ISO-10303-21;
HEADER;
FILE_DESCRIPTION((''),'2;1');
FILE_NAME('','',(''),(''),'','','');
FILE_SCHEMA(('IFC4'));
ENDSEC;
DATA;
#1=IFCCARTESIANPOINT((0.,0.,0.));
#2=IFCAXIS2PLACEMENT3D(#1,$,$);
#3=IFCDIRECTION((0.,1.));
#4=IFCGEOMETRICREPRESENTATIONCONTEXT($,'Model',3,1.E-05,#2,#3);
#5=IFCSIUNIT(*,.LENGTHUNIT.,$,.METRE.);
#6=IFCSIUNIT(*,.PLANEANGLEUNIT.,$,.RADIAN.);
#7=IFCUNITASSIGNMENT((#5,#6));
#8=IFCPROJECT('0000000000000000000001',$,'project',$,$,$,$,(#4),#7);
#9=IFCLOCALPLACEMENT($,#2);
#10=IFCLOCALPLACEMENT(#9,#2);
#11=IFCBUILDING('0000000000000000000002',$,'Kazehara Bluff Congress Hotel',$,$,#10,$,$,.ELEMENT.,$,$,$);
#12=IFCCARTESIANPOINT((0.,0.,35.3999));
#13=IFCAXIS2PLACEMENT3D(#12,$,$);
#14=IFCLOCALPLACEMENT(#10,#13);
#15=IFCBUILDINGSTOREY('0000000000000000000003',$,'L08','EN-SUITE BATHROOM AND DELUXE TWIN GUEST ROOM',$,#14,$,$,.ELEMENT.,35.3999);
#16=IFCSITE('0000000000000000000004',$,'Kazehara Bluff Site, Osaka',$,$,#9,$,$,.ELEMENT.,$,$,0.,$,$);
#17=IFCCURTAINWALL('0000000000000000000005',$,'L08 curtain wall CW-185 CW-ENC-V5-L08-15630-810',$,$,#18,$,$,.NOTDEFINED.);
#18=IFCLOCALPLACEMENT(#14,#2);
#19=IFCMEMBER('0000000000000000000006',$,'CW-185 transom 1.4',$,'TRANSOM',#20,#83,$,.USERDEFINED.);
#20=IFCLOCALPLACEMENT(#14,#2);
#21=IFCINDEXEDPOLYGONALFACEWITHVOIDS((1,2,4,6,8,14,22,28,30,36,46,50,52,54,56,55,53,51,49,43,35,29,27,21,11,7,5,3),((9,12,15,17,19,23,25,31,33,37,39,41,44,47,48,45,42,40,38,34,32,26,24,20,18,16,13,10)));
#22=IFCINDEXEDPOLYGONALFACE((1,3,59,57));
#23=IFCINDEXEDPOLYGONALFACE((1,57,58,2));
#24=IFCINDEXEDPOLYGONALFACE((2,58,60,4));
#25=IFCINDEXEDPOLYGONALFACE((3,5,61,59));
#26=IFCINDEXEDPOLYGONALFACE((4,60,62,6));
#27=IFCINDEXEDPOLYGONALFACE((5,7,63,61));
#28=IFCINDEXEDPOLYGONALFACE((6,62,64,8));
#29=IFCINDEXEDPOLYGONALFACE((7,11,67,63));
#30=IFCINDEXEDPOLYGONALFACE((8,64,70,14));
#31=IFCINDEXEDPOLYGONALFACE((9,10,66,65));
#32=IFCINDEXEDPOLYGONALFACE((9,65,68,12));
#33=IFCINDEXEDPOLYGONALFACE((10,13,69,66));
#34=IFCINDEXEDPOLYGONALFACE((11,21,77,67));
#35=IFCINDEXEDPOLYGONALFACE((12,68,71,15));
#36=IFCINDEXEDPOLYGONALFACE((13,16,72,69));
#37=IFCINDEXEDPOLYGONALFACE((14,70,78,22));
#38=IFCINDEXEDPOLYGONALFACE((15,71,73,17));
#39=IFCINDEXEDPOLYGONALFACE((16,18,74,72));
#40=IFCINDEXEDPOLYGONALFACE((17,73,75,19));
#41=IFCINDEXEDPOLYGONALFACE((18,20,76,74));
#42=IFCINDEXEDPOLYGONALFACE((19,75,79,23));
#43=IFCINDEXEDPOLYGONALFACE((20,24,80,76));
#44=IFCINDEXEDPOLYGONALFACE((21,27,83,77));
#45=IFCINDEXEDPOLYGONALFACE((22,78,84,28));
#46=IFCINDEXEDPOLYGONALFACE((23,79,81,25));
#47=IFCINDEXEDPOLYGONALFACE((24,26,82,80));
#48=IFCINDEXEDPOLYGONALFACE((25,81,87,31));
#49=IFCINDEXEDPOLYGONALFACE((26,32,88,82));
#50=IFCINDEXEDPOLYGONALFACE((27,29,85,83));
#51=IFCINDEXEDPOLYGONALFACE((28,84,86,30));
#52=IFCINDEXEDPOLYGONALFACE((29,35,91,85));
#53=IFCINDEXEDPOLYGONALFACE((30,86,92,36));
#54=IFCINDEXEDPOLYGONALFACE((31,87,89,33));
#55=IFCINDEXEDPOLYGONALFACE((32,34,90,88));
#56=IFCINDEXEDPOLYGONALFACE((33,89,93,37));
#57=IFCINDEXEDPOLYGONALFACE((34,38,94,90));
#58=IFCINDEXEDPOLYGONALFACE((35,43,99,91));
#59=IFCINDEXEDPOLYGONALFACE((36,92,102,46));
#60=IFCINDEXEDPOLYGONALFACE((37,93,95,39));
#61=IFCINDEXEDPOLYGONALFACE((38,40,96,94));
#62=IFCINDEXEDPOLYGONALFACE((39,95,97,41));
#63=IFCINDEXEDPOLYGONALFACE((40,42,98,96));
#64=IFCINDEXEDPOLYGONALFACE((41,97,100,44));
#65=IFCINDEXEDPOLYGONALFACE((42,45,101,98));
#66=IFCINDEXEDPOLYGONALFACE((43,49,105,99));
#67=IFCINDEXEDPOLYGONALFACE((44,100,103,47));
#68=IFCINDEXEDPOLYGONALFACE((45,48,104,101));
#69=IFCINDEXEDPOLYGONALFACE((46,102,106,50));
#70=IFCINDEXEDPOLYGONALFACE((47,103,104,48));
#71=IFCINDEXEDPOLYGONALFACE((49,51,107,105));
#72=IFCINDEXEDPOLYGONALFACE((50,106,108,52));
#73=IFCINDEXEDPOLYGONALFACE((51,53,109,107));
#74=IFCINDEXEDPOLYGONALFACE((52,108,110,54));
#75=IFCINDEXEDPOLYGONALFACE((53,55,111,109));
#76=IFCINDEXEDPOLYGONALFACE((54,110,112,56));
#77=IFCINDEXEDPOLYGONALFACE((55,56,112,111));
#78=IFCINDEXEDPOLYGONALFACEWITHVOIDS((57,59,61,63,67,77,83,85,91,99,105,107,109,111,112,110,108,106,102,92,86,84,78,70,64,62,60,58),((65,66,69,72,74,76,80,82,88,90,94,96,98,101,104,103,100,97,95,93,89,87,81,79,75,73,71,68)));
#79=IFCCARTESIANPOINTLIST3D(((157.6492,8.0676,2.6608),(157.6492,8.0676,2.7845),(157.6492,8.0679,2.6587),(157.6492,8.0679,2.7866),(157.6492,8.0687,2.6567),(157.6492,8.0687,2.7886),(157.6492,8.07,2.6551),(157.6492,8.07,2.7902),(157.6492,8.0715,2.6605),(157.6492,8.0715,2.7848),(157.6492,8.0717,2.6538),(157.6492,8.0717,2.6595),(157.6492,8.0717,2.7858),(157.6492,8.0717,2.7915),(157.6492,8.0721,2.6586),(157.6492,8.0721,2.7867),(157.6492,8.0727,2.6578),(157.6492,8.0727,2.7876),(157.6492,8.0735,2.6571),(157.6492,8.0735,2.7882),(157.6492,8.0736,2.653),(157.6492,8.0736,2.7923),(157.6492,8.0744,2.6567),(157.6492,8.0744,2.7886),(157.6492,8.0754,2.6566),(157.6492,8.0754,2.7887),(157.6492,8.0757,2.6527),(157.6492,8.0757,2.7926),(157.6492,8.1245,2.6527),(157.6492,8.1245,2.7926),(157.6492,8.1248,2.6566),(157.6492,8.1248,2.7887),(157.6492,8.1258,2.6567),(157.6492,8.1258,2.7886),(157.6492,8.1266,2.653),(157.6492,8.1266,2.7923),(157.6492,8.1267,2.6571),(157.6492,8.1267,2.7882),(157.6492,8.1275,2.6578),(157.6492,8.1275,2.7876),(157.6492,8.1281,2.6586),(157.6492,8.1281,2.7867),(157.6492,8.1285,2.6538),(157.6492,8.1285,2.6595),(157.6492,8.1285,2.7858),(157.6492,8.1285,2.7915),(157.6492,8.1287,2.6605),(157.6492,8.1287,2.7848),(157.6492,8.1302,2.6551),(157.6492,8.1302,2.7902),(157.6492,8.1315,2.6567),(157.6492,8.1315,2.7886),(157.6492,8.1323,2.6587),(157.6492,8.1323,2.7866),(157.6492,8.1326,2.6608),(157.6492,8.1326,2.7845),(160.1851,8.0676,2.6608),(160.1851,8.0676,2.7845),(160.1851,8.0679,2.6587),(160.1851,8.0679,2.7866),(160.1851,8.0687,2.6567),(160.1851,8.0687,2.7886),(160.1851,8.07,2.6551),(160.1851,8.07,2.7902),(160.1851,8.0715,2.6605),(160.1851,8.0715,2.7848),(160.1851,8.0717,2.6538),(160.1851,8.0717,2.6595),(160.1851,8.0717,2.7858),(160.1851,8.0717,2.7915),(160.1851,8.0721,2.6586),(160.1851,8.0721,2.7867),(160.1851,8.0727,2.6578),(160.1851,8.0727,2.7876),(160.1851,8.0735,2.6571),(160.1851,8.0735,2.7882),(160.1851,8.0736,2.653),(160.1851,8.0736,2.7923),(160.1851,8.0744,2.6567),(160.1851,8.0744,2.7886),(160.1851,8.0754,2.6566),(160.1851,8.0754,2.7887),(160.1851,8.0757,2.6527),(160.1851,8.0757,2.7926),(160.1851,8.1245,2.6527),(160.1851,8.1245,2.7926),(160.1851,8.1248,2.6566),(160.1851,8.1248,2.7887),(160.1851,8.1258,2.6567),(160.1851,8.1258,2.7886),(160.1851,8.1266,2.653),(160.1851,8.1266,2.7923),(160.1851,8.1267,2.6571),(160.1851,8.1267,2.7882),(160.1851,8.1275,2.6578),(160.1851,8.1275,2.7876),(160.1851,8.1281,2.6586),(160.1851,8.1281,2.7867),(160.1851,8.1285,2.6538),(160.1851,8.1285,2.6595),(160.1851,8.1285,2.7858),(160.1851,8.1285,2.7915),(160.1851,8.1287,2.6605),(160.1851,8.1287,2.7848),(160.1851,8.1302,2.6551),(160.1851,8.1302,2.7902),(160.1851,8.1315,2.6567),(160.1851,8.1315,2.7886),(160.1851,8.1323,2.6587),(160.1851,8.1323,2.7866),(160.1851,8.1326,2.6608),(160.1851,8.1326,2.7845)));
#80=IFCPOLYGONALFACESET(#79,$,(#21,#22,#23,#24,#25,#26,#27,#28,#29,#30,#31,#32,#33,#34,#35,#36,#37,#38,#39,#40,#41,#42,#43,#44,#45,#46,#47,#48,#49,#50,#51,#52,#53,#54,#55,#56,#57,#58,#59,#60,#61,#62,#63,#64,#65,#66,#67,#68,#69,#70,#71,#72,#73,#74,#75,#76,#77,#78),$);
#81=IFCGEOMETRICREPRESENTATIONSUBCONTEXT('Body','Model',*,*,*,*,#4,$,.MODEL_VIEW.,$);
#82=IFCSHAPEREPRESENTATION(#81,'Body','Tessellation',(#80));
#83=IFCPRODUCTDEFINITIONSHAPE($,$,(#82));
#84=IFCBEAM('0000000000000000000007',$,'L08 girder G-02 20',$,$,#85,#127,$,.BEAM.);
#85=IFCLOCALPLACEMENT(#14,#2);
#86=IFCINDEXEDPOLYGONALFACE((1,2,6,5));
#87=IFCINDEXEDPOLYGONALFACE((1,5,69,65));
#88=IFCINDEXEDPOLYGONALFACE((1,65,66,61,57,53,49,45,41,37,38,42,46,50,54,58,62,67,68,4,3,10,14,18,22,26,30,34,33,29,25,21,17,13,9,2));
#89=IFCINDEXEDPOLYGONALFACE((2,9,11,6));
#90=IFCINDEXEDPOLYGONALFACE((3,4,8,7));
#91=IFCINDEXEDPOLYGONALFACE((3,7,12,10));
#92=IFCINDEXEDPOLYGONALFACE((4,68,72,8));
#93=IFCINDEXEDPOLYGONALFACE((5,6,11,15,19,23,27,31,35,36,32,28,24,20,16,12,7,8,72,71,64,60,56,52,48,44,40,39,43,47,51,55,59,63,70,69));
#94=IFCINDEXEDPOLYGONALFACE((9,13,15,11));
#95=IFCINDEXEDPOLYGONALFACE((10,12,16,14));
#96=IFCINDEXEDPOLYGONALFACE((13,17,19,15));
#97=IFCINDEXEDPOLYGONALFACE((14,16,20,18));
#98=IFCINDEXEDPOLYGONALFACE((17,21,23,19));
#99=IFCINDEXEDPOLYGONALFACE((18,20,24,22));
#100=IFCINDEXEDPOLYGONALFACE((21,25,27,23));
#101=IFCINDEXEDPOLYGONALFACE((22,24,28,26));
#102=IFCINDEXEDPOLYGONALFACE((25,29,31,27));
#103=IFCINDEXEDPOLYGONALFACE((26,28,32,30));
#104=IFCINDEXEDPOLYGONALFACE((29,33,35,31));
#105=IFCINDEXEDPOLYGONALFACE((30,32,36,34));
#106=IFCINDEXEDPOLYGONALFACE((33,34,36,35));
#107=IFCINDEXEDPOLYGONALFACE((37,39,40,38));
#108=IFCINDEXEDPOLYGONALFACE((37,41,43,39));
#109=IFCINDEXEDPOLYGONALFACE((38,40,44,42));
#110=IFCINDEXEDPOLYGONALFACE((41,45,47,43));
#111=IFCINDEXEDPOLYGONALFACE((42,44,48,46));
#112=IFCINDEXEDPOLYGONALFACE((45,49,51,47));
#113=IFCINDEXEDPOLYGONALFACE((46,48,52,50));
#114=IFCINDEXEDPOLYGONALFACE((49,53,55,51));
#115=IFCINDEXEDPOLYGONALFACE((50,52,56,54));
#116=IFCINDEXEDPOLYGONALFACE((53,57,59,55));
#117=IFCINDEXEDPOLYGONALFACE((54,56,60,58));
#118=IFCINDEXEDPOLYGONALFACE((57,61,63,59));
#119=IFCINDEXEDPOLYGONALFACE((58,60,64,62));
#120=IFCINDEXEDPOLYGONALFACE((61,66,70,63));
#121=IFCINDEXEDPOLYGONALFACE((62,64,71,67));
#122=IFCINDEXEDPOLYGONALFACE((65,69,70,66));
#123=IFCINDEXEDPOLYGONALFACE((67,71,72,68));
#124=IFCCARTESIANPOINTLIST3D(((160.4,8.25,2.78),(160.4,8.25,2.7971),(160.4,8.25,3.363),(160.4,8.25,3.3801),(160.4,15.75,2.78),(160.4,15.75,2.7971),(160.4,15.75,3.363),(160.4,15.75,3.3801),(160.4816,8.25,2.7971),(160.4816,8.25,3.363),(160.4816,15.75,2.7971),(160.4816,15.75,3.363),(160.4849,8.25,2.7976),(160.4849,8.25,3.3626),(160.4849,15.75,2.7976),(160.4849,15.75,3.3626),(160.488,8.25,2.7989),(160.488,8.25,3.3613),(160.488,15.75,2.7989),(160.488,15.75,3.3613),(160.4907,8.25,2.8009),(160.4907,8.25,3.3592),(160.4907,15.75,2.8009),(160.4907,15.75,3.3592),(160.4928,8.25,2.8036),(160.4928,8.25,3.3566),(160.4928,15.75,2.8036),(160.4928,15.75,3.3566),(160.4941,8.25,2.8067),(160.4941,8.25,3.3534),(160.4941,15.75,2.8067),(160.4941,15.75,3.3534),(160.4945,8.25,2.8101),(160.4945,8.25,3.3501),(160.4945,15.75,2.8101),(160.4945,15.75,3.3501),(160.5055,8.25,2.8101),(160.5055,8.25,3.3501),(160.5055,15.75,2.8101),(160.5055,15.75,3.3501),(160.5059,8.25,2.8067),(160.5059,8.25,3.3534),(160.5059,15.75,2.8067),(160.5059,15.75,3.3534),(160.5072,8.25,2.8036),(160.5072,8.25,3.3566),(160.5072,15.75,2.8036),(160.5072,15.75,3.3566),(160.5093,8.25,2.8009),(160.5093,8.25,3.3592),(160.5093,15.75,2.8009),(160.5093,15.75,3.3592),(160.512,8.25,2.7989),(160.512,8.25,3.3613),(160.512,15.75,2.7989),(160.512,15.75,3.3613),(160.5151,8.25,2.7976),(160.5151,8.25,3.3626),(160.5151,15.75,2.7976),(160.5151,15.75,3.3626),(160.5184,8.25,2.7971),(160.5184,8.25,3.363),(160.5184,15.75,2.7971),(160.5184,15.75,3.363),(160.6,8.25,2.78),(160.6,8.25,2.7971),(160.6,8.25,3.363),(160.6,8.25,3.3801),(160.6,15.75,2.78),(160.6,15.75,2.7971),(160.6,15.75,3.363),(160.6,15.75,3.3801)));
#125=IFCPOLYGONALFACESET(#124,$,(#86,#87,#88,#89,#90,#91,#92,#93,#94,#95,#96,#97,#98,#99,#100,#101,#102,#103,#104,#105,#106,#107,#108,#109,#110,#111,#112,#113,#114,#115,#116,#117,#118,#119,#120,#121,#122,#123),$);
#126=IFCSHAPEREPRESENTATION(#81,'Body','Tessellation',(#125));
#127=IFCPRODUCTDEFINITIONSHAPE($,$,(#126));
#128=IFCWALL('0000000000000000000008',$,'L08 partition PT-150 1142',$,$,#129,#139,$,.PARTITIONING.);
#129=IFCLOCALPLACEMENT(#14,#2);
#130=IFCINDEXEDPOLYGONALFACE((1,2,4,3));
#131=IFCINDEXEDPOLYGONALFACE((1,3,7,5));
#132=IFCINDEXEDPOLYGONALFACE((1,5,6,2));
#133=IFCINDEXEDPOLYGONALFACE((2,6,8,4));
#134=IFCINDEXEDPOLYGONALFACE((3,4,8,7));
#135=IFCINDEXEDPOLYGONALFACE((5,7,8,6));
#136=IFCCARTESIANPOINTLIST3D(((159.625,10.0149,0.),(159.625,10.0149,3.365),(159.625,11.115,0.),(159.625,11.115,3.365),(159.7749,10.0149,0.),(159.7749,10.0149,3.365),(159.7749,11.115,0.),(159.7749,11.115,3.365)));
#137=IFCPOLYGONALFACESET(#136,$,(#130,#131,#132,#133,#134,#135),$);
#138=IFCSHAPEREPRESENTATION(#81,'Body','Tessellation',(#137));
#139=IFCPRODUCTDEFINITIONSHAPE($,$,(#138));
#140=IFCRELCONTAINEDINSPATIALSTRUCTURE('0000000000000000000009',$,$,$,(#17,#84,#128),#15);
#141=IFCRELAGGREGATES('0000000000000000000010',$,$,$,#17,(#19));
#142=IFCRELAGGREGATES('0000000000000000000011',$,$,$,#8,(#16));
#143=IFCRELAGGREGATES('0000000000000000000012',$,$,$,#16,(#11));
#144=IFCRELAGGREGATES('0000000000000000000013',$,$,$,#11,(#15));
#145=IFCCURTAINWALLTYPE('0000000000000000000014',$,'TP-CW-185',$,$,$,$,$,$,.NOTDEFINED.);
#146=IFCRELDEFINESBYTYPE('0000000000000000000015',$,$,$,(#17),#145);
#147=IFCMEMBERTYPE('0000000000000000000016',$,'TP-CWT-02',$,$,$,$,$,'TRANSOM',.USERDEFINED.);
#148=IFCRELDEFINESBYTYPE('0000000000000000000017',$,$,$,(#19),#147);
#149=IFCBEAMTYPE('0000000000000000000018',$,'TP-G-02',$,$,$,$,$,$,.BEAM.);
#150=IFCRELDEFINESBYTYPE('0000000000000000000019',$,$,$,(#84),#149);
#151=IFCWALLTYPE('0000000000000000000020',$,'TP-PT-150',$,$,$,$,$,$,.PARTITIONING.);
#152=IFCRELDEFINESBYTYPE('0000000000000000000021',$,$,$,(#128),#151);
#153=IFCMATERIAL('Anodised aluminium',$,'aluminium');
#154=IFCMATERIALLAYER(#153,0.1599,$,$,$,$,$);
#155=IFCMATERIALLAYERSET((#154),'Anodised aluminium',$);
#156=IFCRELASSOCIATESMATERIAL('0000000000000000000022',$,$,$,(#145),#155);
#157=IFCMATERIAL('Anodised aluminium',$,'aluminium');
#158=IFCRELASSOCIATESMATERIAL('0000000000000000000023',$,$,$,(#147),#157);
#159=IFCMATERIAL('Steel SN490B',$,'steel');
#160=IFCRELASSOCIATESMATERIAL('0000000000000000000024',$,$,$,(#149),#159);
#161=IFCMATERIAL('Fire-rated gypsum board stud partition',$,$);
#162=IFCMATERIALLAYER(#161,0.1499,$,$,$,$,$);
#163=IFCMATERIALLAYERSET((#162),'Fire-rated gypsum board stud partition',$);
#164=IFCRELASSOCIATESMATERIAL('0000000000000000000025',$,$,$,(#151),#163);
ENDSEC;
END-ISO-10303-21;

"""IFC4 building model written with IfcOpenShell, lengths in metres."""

from ifc_helpers import new_model, si_unit, direction, frame, frame_2d, origin, origin_2d, place, context, subcontext, project, spatial, rectangle, hollow_rectangle, i_section, extrude, material, layer, layer_set, material_profile, profile_set, type_object, element, aggregate, save


model = new_model("IFC4")

# Units and contexts
model_context = context("Model", 3, precision=1e-05, world=origin(), true_north=direction((0.0, 1.0)))
body_context = subcontext(model_context, "Body", "Model", "MODEL_VIEW")
ifc_project = project(units=[si_unit("LENGTHUNIT", "METRE"), si_unit("PLANEANGLEUNIT", "RADIAN")], contexts=[model_context])

# Site, building, storey
site_placement = place(None, origin())
site = spatial("IfcSite", under=ifc_project, at=site_placement, Name="Kazehara Bluff Site, Osaka", CompositionType="ELEMENT", RefElevation=0.0)
building_placement = place(site_placement, origin())
building = spatial("IfcBuilding", under=site, at=building_placement, Name="Kazehara Bluff Congress Hotel", CompositionType="ELEMENT")
storey_placement = place(building_placement, frame((0.0, 0.0, 35.3999)))
storey = spatial("IfcBuildingStorey", under=building, at=storey_placement, Name="L08", Description="EN-SUITE BATHROOM AND DELUXE TWIN GUEST ROOM", CompositionType="ELEMENT", Elevation=35.3999)

# Curtain wall, member
ifc_material_1 = material(Name="Anodised aluminium", Category="aluminium")
ifc_layer_1 = layer(ifc_material_1, 0.1599)
ifc_layer_set_1 = layer_set([ifc_layer_1], Name="Anodised aluminium")
curtain_wall_type = type_object("IfcCurtainWallType", Name="TP-CW-185", PredefinedType="NOTDEFINED", material=ifc_layer_set_1)
curtain_wall_placement = place(storey_placement, origin())
curtain_wall = element("IfcCurtainWall", 1, at=curtain_wall_placement, inside=storey, type_object=curtain_wall_type, Name="L08 curtain wall CW-185 CW-ENC-V5-L08-15630-810", PredefinedType="NOTDEFINED")
ifc_material_2 = material(Name="Anodised aluminium", Category="aluminium")
ifc_material_profile_1 = material_profile(ifc_material_2, hollow_rectangle(XDim=0.0649, YDim=0.1399, WallThickness=0.0039, InnerFilletRadius=0.0039, OuterFilletRadius=0.0081, at=origin_2d()))
ifc_profile_set_1 = profile_set([ifc_material_profile_1], Name="Anodised aluminium")
member_type_1 = type_object("IfcMemberType", Name="TP-CWT-02", ElementType="TRANSOM", PredefinedType="USERDEFINED", material=ifc_profile_set_1)
member_1_placement = place(storey_placement, frame((160.1851, 8.1001, 2.7227), z_axis=(-1.0, 0.0, 0.0), x_axis=(0.0, -1.0, 0.0)))
member_1 = element("IfcMember", 2, at=member_1_placement, type_object=member_type_1, Name="CW-185 transom 1.4", ObjectType="TRANSOM", PredefinedType="USERDEFINED", context=body_context, shape_type="SweptSolid", body=[
    extrude(hollow_rectangle(XDim=0.0649, YDim=0.1399, WallThickness=0.0039, InnerFilletRadius=0.0039, OuterFilletRadius=0.0081, at=origin_2d()), origin(), (0.0, 0.0, 1.0), 2.5359),
])
aggregate(curtain_wall, [member_1])

# Beam
ifc_material_3 = material(Name="Steel SN490B", Category="steel")
ifc_material_profile_2 = material_profile(ifc_material_3, i_section(OverallWidth=0.2, OverallDepth=0.6001, WebThickness=0.011, FlangeThickness=0.0171, FilletRadius=0.0129, at=origin_2d()))
ifc_profile_set_2 = profile_set([ifc_material_profile_2], Name="Steel SN490B")
beam_type = type_object("IfcBeamType", Name="TP-G-02", PredefinedType="BEAM", material=ifc_profile_set_2)
beam_placement = place(storey_placement, frame((160.5, 8.25, 3.0801), z_axis=(0.0, 1.0, 0.0), x_axis=(-1.0, 0.0, 0.0)))
element("IfcBeam", 3, at=beam_placement, inside=storey, type_object=beam_type, Name="L08 girder G-02 20", PredefinedType="BEAM", context=body_context, shape_type="SweptSolid", body=[
    extrude(i_section(OverallWidth=0.2, OverallDepth=0.6001, WebThickness=0.011, FlangeThickness=0.0171, FilletRadius=0.0129, at=origin_2d()), origin(), (0.0, 0.0, 1.0), 7.5),
])

# Shared definitions
ifc_material_4 = material(Name="Fire-rated gypsum board stud partition")
ifc_layer_2 = layer(ifc_material_4, 0.1499)
ifc_layer_set_2 = layer_set([ifc_layer_2], Name="Fire-rated gypsum board stud partition")
wall_type = type_object("IfcWallType", Name="TP-PT-150", PredefinedType="PARTITIONING", material=ifc_layer_set_2)

# Wall
wall_1_placement = place(storey_placement, frame((159.7, 10.0149, 0.0), z_axis=(0.0, 0.0, 1.0), x_axis=(0.0, 1.0, 0.0)))
element("IfcWall", 4, at=wall_1_placement, inside=storey, type_object=wall_type, Name="L08 partition PT-150 1142", PredefinedType="PARTITIONING", context=body_context, shape_type="SweptSolid", body=[
    extrude(rectangle(XDim=1.1001, YDim=0.1499, at=frame_2d((0.55, 0.0))), origin(), (0.0, 0.0, 1.0), 3.365),
])

save(model, "model.ifc")
